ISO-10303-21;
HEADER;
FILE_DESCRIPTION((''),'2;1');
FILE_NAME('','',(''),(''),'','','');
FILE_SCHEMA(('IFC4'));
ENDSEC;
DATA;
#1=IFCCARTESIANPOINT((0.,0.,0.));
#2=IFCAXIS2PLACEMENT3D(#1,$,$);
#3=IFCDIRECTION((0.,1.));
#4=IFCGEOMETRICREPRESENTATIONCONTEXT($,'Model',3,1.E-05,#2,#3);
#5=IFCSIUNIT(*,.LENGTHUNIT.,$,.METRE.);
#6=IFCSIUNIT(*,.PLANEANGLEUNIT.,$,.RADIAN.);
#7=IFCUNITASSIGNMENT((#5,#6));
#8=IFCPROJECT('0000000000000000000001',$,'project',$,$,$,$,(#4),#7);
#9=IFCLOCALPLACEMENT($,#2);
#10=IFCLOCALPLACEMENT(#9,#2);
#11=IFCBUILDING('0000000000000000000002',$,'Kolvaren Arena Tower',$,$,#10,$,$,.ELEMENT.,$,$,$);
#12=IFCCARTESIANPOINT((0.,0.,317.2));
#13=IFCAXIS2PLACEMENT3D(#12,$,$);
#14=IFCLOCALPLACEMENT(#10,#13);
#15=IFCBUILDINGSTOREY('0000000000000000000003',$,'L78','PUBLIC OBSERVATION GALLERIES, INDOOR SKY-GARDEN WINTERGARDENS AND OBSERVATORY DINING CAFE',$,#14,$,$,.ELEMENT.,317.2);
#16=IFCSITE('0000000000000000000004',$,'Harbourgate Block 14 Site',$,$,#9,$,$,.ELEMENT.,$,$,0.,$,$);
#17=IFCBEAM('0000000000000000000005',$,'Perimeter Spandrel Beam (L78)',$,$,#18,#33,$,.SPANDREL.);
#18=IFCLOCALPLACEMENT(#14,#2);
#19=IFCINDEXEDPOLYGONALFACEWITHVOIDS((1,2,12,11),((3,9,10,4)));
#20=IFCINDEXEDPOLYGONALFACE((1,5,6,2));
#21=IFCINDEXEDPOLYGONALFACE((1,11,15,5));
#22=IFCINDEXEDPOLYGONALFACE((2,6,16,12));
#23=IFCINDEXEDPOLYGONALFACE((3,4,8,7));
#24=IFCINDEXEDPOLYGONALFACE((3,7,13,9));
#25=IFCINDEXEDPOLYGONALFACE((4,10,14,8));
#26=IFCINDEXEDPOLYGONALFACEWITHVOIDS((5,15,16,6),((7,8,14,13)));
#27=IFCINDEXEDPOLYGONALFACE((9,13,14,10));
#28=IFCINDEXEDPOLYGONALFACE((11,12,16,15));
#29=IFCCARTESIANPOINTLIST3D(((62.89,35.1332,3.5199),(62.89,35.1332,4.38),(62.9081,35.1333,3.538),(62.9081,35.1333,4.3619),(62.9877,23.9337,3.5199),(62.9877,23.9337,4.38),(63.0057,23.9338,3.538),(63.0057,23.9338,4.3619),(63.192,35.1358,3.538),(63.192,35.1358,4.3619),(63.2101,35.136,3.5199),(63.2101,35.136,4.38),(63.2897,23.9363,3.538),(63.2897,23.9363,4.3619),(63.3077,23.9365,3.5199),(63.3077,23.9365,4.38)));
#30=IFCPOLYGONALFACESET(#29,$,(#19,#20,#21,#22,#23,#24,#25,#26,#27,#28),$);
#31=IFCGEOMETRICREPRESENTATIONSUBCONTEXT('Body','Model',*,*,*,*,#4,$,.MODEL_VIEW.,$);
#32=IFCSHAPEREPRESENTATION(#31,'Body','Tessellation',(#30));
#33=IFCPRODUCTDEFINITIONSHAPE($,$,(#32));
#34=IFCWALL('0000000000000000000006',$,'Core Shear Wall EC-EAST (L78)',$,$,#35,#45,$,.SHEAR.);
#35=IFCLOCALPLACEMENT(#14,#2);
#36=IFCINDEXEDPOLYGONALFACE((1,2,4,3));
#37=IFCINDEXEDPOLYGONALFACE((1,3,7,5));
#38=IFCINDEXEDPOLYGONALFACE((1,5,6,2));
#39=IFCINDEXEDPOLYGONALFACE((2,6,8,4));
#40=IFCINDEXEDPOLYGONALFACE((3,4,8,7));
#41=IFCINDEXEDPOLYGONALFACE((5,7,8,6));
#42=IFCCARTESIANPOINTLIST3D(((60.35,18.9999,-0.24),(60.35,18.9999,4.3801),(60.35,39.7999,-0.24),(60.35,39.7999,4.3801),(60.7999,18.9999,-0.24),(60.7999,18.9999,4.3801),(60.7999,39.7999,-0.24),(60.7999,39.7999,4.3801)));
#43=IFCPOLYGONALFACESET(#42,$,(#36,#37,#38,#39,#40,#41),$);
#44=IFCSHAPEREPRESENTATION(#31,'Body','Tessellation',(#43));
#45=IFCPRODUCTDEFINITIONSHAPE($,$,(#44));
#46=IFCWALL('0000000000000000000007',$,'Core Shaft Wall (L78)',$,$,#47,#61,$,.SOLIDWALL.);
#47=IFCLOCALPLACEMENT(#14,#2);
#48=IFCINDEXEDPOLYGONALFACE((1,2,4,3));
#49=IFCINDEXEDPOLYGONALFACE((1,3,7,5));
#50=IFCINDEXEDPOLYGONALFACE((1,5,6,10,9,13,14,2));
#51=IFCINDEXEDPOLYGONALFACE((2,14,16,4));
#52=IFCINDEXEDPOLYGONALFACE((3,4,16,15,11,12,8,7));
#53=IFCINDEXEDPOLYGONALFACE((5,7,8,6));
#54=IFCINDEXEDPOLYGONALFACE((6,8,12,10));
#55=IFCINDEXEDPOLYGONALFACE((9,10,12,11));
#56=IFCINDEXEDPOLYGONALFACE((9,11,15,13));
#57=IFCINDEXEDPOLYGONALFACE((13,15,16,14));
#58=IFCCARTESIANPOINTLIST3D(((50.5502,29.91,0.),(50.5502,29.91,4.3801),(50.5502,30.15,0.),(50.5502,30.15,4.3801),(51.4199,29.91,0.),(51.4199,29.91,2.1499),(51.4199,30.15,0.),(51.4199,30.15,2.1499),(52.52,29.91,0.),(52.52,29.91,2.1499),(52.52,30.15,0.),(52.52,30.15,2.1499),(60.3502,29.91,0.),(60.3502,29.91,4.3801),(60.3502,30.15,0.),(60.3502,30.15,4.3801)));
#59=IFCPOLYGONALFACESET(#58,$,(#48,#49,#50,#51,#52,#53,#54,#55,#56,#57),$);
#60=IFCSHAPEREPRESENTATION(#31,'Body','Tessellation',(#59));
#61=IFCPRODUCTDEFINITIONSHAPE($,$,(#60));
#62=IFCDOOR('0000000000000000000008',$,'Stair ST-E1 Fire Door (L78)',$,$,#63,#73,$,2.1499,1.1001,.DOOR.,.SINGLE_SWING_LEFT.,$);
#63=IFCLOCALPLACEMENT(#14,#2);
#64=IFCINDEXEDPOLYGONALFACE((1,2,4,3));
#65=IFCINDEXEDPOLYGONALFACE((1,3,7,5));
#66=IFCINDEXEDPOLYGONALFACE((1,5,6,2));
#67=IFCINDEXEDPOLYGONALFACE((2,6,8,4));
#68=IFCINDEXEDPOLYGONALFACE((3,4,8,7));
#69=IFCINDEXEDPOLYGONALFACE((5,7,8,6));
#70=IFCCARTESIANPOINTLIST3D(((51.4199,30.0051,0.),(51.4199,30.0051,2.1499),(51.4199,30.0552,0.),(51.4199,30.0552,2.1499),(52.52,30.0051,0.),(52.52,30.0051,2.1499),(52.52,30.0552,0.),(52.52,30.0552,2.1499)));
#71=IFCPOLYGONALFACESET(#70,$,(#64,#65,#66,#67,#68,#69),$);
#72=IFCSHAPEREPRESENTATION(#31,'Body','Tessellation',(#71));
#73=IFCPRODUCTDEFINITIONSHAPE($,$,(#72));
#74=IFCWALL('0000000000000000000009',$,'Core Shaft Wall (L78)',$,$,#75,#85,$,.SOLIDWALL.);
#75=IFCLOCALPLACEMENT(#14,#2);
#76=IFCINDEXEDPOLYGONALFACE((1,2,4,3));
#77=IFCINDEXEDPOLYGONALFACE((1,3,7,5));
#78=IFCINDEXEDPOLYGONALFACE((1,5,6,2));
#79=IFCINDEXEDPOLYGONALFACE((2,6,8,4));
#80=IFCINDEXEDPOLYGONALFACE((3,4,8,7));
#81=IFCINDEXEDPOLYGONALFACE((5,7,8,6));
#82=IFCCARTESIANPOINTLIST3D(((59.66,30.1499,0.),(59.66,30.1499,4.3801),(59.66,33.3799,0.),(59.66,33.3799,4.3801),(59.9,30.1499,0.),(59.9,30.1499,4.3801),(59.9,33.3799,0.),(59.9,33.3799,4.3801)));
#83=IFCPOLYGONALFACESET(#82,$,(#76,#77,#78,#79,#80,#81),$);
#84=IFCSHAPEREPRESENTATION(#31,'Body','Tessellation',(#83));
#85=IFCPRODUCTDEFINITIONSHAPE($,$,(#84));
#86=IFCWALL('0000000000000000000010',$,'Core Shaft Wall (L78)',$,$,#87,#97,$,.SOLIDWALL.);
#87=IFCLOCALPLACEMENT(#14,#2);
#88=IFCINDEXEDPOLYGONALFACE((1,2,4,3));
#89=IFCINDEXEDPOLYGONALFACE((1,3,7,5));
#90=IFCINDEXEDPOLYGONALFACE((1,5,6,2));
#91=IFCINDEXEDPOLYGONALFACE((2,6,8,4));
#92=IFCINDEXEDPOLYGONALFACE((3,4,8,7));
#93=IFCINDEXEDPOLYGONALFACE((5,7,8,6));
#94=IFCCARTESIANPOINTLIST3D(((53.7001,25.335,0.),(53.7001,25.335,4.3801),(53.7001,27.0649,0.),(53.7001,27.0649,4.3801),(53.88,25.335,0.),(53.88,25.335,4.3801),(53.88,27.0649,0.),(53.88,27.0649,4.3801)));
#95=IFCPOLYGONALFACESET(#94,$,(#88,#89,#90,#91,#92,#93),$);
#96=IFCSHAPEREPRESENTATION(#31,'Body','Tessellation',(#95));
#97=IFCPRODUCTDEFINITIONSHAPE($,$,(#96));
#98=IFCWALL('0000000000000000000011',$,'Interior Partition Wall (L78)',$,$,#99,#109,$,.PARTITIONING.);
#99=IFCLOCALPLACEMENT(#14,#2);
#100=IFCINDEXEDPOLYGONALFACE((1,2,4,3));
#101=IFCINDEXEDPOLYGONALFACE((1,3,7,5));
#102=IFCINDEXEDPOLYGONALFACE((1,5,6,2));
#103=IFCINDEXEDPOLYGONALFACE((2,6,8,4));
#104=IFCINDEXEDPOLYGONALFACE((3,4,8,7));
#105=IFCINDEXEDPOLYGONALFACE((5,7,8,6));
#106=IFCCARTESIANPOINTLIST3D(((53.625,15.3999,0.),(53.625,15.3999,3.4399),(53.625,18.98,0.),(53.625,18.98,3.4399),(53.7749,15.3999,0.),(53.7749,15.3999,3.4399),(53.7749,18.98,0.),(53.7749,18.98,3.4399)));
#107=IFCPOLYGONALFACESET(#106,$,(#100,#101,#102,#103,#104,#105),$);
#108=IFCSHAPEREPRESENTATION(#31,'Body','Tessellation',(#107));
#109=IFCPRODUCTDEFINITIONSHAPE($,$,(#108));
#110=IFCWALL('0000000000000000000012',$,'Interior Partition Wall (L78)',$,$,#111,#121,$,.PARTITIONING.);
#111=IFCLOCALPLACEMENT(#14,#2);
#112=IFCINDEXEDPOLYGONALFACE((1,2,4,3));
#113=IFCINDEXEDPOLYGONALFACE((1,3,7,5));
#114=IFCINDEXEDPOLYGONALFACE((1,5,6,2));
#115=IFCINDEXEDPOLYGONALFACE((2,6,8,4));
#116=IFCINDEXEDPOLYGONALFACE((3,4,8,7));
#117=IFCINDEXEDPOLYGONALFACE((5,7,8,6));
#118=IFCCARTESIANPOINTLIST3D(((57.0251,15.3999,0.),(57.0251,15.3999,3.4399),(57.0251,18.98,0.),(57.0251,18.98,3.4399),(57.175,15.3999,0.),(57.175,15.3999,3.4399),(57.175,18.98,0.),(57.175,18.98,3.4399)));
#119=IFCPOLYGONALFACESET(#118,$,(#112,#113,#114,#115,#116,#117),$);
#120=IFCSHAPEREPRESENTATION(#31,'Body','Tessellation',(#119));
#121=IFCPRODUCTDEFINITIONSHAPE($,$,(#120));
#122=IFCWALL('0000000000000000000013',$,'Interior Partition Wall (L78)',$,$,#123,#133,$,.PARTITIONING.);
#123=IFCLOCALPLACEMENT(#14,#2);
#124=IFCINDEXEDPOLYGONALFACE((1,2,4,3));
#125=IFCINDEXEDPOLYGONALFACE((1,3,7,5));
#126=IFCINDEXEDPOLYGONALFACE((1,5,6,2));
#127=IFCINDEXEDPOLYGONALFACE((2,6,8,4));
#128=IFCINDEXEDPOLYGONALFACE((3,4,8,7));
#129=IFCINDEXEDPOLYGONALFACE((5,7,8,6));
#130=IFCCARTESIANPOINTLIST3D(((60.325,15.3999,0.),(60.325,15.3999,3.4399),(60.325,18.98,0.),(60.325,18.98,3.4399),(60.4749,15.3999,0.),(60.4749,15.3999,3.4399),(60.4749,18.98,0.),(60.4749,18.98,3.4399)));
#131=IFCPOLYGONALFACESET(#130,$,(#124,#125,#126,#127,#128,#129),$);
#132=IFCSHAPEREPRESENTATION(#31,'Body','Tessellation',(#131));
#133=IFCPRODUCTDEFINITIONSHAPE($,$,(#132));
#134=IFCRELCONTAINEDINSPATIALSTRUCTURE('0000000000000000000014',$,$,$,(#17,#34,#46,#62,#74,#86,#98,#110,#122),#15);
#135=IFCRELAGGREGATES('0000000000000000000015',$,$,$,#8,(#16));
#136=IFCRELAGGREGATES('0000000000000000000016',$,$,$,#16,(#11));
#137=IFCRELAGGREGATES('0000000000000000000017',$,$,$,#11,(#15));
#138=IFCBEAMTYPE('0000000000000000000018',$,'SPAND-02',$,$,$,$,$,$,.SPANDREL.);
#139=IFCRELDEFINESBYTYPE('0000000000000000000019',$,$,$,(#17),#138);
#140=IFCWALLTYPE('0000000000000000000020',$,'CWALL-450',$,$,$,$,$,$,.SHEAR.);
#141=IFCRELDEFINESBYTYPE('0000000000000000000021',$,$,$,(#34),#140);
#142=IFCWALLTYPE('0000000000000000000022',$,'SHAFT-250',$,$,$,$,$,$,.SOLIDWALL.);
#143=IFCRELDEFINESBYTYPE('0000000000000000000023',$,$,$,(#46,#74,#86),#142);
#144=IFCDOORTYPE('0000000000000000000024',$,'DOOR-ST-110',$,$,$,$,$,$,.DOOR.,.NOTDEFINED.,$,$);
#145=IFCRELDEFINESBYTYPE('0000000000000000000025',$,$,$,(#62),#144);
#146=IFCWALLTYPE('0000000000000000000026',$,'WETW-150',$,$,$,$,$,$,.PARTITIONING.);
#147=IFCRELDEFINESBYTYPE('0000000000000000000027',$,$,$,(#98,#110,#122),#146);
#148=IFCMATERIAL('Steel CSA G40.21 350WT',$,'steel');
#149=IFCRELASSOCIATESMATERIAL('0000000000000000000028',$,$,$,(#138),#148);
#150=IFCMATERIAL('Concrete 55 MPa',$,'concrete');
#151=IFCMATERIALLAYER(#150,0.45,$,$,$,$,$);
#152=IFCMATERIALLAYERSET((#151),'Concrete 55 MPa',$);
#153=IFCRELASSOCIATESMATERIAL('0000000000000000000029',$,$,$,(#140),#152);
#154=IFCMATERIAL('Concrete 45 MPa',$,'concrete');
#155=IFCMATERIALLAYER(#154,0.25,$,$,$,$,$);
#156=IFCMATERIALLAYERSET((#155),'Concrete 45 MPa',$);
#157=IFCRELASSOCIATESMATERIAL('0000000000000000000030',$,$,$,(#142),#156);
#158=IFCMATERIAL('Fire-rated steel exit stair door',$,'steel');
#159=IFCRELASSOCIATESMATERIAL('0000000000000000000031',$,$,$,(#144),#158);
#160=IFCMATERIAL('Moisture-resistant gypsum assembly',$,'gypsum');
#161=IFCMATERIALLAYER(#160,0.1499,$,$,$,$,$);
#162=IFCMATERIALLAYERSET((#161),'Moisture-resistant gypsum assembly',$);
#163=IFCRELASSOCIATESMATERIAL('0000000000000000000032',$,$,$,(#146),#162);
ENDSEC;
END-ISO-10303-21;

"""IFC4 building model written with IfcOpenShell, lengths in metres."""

from ifc_helpers import new_model, si_unit, direction, frame, frame_2d, origin, origin_2d, place, context, subcontext, project, spatial, rectangle, hollow_rectangle, extrude, material, layer, layer_set, material_profile, profile_set, type_object, element, fill, save


model = new_model("IFC4")

# Units and contexts
model_context = context("Model", 3, precision=1e-05, world=origin(), true_north=direction((0.0, 1.0)))
body_context = subcontext(model_context, "Body", "Model", "MODEL_VIEW")
ifc_project = project(units=[si_unit("LENGTHUNIT", "METRE"), si_unit("PLANEANGLEUNIT", "RADIAN")], contexts=[model_context])

# Site, building, storey
site_placement = place(None, origin())
site = spatial("IfcSite", under=ifc_project, at=site_placement, Name="Harbourgate Block 14 Site", CompositionType="ELEMENT", RefElevation=0.0)
building_placement = place(site_placement, origin())
building = spatial("IfcBuilding", under=site, at=building_placement, Name="Kolvaren Arena Tower", CompositionType="ELEMENT")
storey_placement = place(building_placement, frame((0.0, 0.0, 317.2)))
storey = spatial("IfcBuildingStorey", under=building, at=storey_placement, Name="L78", Description="PUBLIC OBSERVATION GALLERIES, INDOOR SKY-GARDEN WINTERGARDENS AND OBSERVATORY DINING CAFE", CompositionType="ELEMENT", Elevation=317.2)

# Beam
ifc_material_1 = material(Name="Steel CSA G40.21 350WT", Category="steel")
ifc_material_profile_1 = material_profile(ifc_material_1, hollow_rectangle(XDim=0.3201, YDim=0.8601, WallThickness=0.0181, at=origin_2d()), Name="HSS 860x320x18")
ifc_profile_set_1 = profile_set([ifc_material_profile_1], Name="Steel CSA G40.21 350WT")
beam_type_1 = type_object("IfcBeamType", Name="SPAND-02", PredefinedType="SPANDREL", material=ifc_profile_set_1)
beam_1_placement = place(storey_placement, frame((63.1477, 23.9351, 3.95), z_axis=(-0.008719, 0.999962, 0.0), x_axis=(-0.999962, -0.008719, 0.0)))
element("IfcBeam", 1, at=beam_1_placement, inside=storey, type_object=beam_type_1, Name="Perimeter Spandrel Beam (L78)", PredefinedType="SPANDREL", context=body_context, shape_type="SweptSolid", body=[
    extrude(hollow_rectangle(XDim=0.3201, YDim=0.8601, WallThickness=0.0181, at=origin_2d()), origin(), (0.0, 0.0, 1.0), 11.2),
])

# Wall
ifc_material_2 = material(Name="Concrete 55 MPa", Category="concrete")
ifc_layer_1 = layer(ifc_material_2, 0.45)
ifc_layer_set_1 = layer_set([ifc_layer_1], Name="Concrete 55 MPa")
wall_type_1 = type_object("IfcWallType", Name="CWALL-450", PredefinedType="SHEAR", material=ifc_layer_set_1)
wall_1_placement = place(storey_placement, frame((60.575, 19.0, -0.24), z_axis=(0.0, 0.0, 1.0), x_axis=(0.0, 1.0, 0.0)))
element("IfcWall", 2, at=wall_1_placement, inside=storey, type_object=wall_type_1, Name="Core Shear Wall EC-EAST (L78)", PredefinedType="SHEAR", context=body_context, shape_type="SweptSolid", body=[
    extrude(rectangle(XDim=20.8, YDim=0.45, at=frame_2d((10.3999, 0.0))), origin(), (0.0, 0.0, 1.0), 4.6201),
])

# Wall, opening, door
ifc_material_3 = material(Name="Concrete 45 MPa", Category="concrete")
ifc_layer_2 = layer(ifc_material_3, 0.25)
ifc_layer_set_2 = layer_set([ifc_layer_2], Name="Concrete 45 MPa")
wall_type_2 = type_object("IfcWallType", Name="SHAFT-250", PredefinedType="SOLIDWALL", material=ifc_layer_set_2)
wall_2_placement = place(storey_placement, frame((60.3501, 30.03, 0.0), z_axis=(0.0, 0.0, 1.0), x_axis=(-1.0, 0.0, 0.0)))
wall_2 = element("IfcWall", 3, at=wall_2_placement, inside=storey, type_object=wall_type_2, Name="Core Shaft Wall (L78)", PredefinedType="SOLIDWALL", context=body_context, shape_type="SweptSolid", body=[
    extrude(rectangle(XDim=9.8, YDim=0.24, at=frame_2d((4.8999, 0.0))), origin(), (0.0, 0.0, 1.0), 4.3801),
])
opening_1_placement = place(wall_2_placement, frame((7.8301, 0.0, 0.0)))
opening_1 = element("IfcOpeningElement", 4, at=opening_1_placement, cuts=wall_2, PredefinedType="OPENING", context=body_context, shape_type="SweptSolid", body=[
    extrude(rectangle(XDim=1.1001, YDim=2.1499, at=frame_2d((0.55, 1.075))), frame((0.0, 0.1299, 0.0), z_axis=(0.0, -1.0, 0.0), x_axis=(1.0, 0.0, 0.0)), (0.0, 0.0, 1.0), 0.26),
])
ifc_material_4 = material(Name="Fire-rated steel exit stair door", Category="steel")
door_type_1 = type_object("IfcDoorType", Name="DOOR-ST-110", OperationType="NOTDEFINED", PredefinedType="DOOR", material=ifc_material_4)
door_1_placement = place(opening_1_placement, origin())
door_1 = element("IfcDoor", 5, at=door_1_placement, inside=storey, type_object=door_type_1, Name="Stair ST-E1 Fire Door (L78)", OperationType="SINGLE_SWING_LEFT", OverallHeight=2.1499, OverallWidth=1.1001, PredefinedType="DOOR", context=body_context, shape_type="SweptSolid", body=[
    extrude(rectangle(XDim=1.1001, YDim=2.1499, at=frame_2d((0.55, 1.075))), frame((0.0, 0.0249, 0.0), z_axis=(0.0, -1.0, 0.0), x_axis=(1.0, 0.0, 0.0)), (0.0, 0.0, 1.0), 0.05),
])
fill(opening_1, door_1)

# Walls
wall_3_placement = place(storey_placement, frame((59.78, 30.1499, 0.0), z_axis=(0.0, 0.0, 1.0), x_axis=(0.0, 1.0, 0.0)))
element("IfcWall", 6, at=wall_3_placement, inside=storey, type_object=wall_type_2, Name="Core Shaft Wall (L78)", PredefinedType="SOLIDWALL", context=body_context, shape_type="SweptSolid", body=[
    extrude(rectangle(XDim=3.23, YDim=0.24, at=frame_2d((1.615, 0.0))), origin(), (0.0, 0.0, 1.0), 4.3801),
])
wall_4_placement = place(storey_placement, frame((53.79, 25.335, 0.0), z_axis=(0.0, 0.0, 1.0), x_axis=(0.0, 1.0, 0.0)))
element("IfcWall", 7, at=wall_4_placement, inside=storey, type_object=wall_type_2, Name="Core Shaft Wall (L78)", PredefinedType="SOLIDWALL", context=body_context, shape_type="SweptSolid", body=[
    extrude(rectangle(XDim=1.73, YDim=0.1799, at=frame_2d((0.865, 0.0))), origin(), (0.0, 0.0, 1.0), 4.3801),
])
ifc_material_5 = material(Name="Moisture-resistant gypsum assembly", Category="gypsum")
ifc_layer_3 = layer(ifc_material_5, 0.1499)
ifc_layer_set_3 = layer_set([ifc_layer_3], Name="Moisture-resistant gypsum assembly")
wall_type_3 = type_object("IfcWallType", Name="WETW-150", PredefinedType="PARTITIONING", material=ifc_layer_set_3)
for number, where, z_axis, x_axis, name in (
    (8, (53.7, 15.3999, 0.0), (0.0, 0.0, 1.0), (0.0, 1.0, 0.0), "Interior Partition Wall (L78)"),
    (9, (57.1001, 15.3999, 0.0), (0.0, 0.0, 1.0), (0.0, 1.0, 0.0), "Interior Partition Wall (L78)"),
    (10, (60.3999, 15.3999, 0.0), (0.0, 0.0, 1.0), (0.0, 1.0, 0.0), "Interior Partition Wall (L78)"),
):
    element("IfcWall", number, at=place(storey_placement, frame(where, z_axis=z_axis, x_axis=x_axis)), inside=storey, type_object=wall_type_3, Name=name, PredefinedType="PARTITIONING", context=body_context, shape_type="SweptSolid", body=[
        extrude(rectangle(XDim=3.5801, YDim=0.1499, at=frame_2d((1.79, 0.0))), origin(), (0.0, 0.0, 1.0), 3.4399),
    ])

save(model, "model.ifc")
